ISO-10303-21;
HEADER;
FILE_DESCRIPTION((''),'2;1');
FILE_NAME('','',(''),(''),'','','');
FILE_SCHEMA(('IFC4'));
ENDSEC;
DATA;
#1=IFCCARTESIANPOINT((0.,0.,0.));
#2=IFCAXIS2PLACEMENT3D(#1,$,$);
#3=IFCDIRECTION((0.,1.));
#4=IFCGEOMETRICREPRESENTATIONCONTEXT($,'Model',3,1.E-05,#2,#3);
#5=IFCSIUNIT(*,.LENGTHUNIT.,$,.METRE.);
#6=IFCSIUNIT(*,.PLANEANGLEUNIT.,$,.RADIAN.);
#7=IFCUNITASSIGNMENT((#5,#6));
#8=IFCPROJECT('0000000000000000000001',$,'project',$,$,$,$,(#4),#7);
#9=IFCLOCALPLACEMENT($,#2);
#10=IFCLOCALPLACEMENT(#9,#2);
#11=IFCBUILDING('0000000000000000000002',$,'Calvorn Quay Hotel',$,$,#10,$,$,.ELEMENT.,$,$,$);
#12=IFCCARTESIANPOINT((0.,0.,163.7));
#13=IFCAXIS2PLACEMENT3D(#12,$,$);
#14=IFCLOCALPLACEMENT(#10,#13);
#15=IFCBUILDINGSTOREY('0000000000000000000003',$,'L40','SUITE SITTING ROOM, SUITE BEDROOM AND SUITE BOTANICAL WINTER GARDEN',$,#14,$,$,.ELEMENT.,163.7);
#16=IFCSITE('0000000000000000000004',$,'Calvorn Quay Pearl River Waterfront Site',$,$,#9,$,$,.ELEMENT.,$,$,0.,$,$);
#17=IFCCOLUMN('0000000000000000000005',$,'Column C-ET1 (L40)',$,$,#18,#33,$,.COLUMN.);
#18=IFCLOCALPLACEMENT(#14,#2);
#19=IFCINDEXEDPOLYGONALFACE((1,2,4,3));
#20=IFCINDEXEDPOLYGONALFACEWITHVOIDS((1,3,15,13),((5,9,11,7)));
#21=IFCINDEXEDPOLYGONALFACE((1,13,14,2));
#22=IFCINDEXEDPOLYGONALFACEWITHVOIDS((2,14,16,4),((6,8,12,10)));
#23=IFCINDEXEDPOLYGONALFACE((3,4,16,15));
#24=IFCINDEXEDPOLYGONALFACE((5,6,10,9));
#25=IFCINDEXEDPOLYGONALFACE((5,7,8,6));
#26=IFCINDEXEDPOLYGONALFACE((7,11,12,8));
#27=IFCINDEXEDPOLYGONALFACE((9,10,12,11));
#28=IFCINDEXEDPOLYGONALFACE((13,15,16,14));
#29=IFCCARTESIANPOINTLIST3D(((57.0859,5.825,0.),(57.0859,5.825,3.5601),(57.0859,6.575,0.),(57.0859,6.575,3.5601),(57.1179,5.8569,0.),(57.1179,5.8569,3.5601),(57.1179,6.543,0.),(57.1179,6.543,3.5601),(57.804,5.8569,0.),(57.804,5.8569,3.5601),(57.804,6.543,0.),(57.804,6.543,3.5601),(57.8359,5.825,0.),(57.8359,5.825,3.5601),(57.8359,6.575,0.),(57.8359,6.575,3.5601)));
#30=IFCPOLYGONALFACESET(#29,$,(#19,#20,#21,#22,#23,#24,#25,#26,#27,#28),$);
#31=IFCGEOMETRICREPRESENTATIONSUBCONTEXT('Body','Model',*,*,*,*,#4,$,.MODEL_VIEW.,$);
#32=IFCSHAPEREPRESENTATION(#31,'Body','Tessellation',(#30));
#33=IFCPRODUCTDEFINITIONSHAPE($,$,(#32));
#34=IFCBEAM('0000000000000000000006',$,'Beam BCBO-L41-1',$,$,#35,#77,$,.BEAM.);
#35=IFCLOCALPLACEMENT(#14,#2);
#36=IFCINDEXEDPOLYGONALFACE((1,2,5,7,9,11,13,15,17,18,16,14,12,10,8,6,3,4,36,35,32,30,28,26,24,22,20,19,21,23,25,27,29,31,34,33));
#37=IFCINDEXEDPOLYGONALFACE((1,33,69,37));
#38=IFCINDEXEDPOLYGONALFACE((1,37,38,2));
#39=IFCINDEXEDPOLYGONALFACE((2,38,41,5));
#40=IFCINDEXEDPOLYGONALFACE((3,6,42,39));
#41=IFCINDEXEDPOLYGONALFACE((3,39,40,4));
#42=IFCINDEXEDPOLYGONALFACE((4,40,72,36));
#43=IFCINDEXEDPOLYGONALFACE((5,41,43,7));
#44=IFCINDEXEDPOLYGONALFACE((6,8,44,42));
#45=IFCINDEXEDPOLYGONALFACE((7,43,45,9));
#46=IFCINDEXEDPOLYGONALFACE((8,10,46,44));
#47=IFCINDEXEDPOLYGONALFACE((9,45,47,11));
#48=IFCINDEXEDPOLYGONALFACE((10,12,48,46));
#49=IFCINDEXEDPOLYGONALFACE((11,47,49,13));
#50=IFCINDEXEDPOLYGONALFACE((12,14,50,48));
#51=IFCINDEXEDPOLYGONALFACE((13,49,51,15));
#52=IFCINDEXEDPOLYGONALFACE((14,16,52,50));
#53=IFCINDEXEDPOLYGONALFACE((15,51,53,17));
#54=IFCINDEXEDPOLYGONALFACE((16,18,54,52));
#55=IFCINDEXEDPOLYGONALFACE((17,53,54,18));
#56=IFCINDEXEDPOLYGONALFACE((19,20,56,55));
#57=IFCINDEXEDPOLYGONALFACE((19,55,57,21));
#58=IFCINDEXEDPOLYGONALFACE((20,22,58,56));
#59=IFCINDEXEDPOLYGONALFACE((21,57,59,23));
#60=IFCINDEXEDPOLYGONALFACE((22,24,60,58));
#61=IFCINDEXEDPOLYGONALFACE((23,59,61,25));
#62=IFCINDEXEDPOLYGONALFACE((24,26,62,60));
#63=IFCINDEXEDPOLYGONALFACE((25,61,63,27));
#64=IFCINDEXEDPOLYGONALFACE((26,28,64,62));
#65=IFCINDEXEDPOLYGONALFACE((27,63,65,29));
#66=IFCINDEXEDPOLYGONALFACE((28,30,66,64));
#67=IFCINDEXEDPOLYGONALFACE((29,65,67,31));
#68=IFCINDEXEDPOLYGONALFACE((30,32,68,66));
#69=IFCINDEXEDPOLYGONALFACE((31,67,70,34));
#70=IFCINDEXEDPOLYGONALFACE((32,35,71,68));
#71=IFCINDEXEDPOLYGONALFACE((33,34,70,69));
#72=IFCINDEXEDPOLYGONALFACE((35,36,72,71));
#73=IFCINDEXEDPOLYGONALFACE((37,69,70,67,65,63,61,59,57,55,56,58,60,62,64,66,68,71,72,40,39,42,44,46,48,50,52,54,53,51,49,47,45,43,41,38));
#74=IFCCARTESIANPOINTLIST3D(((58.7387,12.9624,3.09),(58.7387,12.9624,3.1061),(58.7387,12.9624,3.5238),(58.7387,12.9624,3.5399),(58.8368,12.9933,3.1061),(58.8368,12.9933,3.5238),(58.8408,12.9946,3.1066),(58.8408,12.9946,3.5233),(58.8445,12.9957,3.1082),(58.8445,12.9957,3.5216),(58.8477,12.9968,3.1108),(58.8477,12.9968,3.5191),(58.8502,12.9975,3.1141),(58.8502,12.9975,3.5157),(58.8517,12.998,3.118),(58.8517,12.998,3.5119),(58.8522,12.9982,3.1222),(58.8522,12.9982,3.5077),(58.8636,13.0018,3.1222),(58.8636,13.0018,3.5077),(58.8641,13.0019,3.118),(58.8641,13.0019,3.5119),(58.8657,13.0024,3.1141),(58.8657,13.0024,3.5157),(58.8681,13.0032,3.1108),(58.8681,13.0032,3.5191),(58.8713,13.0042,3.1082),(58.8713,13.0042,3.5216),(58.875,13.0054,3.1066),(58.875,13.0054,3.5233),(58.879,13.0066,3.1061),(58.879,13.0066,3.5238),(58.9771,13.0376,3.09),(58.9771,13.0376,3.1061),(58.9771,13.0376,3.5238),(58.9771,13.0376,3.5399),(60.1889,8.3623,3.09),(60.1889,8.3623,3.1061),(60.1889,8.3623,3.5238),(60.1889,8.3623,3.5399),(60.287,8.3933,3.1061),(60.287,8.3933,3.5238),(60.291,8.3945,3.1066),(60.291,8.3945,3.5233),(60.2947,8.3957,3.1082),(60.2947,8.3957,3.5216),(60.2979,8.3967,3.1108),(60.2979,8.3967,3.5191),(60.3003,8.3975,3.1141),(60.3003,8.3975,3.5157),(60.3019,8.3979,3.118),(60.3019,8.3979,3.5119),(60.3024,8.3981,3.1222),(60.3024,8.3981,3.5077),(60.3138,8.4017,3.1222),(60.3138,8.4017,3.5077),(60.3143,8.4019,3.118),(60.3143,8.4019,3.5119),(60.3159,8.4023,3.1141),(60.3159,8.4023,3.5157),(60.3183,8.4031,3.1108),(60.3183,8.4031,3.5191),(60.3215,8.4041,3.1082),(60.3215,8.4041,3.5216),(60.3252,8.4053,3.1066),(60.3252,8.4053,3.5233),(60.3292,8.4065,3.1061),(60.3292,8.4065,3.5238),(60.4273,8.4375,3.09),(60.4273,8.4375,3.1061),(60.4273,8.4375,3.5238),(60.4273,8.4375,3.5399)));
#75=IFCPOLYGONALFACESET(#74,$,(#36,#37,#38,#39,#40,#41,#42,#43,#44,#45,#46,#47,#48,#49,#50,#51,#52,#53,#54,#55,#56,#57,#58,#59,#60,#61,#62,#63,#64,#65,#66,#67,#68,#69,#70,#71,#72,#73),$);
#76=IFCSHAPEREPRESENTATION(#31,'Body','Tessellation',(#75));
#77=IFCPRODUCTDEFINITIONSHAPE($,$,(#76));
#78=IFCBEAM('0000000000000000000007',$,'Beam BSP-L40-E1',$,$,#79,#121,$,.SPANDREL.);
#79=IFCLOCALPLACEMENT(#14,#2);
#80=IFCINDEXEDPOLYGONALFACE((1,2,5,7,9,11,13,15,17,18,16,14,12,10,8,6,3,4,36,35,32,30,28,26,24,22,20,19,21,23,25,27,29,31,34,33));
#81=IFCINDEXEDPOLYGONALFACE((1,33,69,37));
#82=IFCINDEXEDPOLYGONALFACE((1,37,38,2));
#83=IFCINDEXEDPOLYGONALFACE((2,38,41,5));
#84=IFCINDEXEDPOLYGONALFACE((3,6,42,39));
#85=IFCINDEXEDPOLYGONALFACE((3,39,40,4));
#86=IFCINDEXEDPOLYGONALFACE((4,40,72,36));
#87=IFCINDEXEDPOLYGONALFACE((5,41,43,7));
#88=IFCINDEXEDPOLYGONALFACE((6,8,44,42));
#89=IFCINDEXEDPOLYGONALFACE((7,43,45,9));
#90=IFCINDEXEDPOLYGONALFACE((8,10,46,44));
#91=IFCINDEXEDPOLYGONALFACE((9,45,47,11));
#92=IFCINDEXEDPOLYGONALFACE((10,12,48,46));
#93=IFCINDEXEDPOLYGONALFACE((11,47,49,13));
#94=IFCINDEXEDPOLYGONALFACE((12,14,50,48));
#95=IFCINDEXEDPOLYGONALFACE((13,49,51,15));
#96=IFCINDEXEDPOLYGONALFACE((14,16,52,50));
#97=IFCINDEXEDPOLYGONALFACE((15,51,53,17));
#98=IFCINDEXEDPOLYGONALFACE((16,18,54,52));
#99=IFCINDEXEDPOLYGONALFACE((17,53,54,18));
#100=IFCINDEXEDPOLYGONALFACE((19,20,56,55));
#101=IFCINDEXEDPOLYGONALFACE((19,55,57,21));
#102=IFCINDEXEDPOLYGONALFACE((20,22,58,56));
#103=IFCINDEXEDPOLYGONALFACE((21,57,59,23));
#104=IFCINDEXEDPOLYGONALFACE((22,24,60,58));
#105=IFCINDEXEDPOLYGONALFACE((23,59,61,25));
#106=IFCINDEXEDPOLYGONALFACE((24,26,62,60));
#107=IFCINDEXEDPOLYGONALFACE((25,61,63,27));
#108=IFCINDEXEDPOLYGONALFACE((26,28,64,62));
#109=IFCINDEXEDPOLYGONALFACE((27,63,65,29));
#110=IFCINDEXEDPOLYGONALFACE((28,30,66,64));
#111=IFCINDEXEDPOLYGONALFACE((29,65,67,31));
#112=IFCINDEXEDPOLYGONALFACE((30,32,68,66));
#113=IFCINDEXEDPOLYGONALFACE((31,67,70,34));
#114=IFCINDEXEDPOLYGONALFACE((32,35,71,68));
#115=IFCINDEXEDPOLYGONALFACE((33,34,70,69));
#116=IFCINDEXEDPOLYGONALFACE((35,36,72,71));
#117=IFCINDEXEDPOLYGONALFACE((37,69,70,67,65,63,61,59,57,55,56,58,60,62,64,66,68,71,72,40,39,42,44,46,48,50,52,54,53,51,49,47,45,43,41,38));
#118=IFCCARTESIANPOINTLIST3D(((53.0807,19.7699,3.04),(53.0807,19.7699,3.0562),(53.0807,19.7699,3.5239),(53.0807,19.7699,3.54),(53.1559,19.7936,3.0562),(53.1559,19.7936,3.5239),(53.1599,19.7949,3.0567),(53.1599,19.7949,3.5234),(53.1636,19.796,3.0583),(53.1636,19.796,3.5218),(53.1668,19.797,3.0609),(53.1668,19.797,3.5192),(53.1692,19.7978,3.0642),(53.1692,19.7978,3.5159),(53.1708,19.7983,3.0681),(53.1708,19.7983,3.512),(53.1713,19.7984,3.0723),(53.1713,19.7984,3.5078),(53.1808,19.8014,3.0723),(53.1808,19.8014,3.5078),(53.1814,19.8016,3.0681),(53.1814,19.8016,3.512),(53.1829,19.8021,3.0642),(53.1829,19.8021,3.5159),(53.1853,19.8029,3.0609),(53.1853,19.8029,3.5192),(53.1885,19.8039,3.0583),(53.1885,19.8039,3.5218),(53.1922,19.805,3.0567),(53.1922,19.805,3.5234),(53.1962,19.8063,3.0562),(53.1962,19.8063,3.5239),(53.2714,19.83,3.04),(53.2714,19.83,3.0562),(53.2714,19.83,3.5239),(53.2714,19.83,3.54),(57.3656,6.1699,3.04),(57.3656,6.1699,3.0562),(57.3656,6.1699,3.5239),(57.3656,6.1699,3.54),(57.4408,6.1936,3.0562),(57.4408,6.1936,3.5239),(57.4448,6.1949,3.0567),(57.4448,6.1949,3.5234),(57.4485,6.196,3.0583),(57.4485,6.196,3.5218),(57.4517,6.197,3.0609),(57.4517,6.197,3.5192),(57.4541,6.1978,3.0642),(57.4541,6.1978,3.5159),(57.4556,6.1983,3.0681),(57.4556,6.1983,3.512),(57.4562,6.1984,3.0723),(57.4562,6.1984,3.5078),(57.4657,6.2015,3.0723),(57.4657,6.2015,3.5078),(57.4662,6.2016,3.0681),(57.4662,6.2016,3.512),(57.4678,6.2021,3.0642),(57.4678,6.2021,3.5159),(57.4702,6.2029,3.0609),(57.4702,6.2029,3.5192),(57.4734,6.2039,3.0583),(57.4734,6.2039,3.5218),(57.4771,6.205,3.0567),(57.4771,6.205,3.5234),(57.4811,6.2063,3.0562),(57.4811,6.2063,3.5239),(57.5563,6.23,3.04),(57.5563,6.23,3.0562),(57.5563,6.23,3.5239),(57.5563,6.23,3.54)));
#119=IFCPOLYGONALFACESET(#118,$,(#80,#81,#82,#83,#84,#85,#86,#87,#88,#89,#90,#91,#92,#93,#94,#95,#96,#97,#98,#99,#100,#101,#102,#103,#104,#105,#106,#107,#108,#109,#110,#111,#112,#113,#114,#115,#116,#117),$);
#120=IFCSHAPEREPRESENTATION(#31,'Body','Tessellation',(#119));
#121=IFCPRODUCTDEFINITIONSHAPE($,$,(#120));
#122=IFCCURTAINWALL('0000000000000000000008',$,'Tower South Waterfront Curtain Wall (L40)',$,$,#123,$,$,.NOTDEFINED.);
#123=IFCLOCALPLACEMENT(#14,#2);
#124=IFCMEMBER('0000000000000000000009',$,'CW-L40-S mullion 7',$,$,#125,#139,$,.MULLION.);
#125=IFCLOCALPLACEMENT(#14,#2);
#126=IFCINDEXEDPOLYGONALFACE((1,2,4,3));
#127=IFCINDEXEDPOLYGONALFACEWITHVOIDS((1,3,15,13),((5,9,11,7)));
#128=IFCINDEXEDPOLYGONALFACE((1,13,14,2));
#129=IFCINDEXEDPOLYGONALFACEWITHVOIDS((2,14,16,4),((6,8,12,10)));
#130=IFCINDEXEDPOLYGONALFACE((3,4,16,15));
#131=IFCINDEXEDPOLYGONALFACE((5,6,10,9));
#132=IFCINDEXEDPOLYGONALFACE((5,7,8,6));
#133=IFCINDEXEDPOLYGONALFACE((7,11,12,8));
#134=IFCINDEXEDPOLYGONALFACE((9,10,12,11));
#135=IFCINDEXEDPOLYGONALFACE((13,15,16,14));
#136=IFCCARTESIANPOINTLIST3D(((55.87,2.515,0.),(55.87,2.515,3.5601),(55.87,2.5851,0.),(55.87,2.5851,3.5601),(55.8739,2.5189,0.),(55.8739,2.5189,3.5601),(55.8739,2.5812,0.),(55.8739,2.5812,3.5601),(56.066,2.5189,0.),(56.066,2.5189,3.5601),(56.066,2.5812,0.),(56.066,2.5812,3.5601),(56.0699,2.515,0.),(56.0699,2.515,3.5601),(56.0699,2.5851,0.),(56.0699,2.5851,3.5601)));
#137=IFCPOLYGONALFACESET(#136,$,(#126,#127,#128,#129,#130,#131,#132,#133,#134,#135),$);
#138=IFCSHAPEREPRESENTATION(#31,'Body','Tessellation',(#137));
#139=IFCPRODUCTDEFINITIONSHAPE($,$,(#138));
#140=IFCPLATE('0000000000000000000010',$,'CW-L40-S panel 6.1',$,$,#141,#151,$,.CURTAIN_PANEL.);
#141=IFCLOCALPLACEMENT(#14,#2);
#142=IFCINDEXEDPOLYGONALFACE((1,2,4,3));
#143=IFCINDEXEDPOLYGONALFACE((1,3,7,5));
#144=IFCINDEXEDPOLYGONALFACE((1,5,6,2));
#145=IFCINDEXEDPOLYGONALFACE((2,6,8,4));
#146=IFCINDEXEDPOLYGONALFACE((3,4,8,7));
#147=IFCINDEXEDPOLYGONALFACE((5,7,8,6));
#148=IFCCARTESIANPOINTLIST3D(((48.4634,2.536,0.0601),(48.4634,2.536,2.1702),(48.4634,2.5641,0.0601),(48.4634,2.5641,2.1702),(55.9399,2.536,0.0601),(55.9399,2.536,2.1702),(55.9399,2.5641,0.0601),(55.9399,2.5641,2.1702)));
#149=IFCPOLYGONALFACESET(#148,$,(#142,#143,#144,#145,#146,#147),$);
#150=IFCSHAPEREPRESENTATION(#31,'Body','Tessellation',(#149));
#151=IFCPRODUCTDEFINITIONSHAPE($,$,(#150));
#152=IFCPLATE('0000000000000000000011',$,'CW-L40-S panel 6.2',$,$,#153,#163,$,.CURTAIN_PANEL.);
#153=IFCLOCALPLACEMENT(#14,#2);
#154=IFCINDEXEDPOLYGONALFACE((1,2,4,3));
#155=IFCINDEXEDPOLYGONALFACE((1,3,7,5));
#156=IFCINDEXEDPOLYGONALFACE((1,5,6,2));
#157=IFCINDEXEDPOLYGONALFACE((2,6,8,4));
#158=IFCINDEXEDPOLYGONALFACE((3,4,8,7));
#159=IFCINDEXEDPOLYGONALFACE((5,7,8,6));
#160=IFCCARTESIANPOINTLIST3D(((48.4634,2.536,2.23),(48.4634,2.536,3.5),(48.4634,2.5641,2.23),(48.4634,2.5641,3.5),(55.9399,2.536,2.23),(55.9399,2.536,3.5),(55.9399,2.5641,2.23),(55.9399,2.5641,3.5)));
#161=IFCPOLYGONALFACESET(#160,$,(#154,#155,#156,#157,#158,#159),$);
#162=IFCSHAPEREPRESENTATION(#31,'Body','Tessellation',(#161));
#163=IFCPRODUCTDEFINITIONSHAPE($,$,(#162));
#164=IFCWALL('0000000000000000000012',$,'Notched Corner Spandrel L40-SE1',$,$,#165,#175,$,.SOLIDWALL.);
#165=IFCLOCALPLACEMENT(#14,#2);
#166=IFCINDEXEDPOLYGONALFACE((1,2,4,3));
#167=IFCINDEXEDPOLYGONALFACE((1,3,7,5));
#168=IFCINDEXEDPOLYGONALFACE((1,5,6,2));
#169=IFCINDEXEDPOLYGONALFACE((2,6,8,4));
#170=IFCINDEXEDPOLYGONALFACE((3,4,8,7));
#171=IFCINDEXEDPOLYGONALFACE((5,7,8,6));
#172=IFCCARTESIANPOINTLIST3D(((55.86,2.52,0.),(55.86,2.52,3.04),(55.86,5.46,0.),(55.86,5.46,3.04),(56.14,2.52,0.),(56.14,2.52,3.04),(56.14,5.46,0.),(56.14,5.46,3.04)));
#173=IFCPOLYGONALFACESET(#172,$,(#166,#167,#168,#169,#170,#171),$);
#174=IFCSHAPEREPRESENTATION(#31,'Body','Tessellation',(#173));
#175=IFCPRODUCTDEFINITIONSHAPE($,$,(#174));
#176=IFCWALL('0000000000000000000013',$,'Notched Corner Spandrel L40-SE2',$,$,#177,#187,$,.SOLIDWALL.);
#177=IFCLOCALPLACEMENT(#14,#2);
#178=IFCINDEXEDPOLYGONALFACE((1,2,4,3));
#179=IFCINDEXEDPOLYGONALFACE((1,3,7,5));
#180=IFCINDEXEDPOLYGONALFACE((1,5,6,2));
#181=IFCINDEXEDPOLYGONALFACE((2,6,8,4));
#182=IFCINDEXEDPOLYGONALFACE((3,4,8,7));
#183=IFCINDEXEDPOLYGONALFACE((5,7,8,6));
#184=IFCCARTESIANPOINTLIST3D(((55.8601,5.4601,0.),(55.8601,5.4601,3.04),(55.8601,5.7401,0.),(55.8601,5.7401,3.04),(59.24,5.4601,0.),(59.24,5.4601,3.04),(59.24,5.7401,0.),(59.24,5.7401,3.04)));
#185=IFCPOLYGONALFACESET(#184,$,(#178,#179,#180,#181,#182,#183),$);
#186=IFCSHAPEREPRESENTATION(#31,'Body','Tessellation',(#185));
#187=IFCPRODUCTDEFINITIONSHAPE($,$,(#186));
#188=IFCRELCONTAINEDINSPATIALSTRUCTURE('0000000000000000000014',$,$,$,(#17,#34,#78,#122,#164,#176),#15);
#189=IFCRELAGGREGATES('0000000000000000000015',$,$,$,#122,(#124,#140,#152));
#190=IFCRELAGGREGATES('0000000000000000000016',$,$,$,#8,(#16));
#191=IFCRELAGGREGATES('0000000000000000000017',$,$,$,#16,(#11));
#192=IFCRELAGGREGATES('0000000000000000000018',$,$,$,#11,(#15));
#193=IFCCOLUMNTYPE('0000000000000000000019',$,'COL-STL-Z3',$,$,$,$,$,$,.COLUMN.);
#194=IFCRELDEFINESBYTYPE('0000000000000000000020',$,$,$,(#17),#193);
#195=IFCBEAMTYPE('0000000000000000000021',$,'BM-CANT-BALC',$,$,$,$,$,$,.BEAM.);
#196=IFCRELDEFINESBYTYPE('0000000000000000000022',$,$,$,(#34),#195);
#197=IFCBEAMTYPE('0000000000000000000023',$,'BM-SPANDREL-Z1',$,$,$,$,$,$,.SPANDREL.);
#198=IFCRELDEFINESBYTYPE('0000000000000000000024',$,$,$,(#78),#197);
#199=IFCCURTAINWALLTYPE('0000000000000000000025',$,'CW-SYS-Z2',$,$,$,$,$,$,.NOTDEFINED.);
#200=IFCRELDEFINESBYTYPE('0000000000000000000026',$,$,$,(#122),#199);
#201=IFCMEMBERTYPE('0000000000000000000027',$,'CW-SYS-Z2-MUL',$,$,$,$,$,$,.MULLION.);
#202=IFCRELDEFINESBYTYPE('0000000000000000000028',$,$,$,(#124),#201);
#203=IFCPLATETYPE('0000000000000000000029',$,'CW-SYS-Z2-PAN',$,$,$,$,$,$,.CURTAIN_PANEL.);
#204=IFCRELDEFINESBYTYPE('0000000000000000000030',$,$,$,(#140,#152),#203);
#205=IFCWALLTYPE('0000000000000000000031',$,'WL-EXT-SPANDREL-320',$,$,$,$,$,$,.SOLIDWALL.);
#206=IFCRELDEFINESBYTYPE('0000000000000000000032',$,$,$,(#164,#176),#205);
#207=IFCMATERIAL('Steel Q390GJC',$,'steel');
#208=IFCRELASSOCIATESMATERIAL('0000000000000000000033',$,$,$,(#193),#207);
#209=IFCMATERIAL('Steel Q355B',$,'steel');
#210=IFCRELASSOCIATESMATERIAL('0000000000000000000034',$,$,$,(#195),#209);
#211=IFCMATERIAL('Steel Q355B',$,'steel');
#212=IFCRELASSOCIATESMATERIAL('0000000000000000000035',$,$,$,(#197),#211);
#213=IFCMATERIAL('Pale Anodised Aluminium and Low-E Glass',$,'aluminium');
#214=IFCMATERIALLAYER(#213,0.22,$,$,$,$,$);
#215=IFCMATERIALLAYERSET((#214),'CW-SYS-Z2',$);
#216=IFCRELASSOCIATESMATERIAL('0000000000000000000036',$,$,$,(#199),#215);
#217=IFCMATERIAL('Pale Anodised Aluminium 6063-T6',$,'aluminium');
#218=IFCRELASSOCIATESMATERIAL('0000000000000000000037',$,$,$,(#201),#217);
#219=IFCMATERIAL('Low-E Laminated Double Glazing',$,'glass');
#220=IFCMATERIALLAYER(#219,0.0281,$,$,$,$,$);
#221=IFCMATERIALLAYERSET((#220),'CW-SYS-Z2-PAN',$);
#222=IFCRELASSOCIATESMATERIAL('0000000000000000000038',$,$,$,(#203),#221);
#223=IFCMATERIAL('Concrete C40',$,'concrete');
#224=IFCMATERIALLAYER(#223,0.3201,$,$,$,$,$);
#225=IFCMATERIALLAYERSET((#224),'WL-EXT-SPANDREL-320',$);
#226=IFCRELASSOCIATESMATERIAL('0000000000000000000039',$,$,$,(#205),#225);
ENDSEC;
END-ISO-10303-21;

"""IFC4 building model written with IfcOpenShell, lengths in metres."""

from ifc_helpers import new_model, si_unit, direction, frame, frame_2d, origin, origin_2d, place, context, subcontext, project, spatial, rectangle, hollow_rectangle, i_section, extrude, material, layer, layer_set, material_profile, profile_set, type_object, element, aggregate, save


model = new_model("IFC4")

# Units and contexts
model_context = context("Model", 3, precision=1e-05, world=origin(), true_north=direction((0.0, 1.0)))
body_context = subcontext(model_context, "Body", "Model", "MODEL_VIEW")
ifc_project = project(units=[si_unit("LENGTHUNIT", "METRE"), si_unit("PLANEANGLEUNIT", "RADIAN")], contexts=[model_context])

# Site, building, storey
site_placement = place(None, origin())
site = spatial("IfcSite", under=ifc_project, at=site_placement, Name="Calvorn Quay Pearl River Waterfront Site", CompositionType="ELEMENT", RefElevation=0.0)
building_placement = place(site_placement, origin())
building = spatial("IfcBuilding", under=site, at=building_placement, Name="Calvorn Quay Hotel", CompositionType="ELEMENT")
storey_placement = place(building_placement, frame((0.0, 0.0, 163.7)))
storey = spatial("IfcBuildingStorey", under=building, at=storey_placement, Name="L40", Description="SUITE SITTING ROOM, SUITE BEDROOM AND SUITE BOTANICAL WINTER GARDEN", CompositionType="ELEMENT", Elevation=163.7)

# Column
ifc_material_1 = material(Name="Steel Q390GJC", Category="steel")
ifc_material_profile_1 = material_profile(ifc_material_1, hollow_rectangle(XDim=0.75, YDim=0.75, WallThickness=0.032, at=origin_2d()), Name="BOX750x750x32")
ifc_profile_set_1 = profile_set([ifc_material_profile_1], Name="Steel Q390GJC")
column_type = type_object("IfcColumnType", Name="COL-STL-Z3", PredefinedType="COLUMN", material=ifc_profile_set_1)
column_placement = place(storey_placement, frame((57.4609, 6.2, 0.0), z_axis=(0.0, 0.0, 1.0), x_axis=(1.0, 0.0, 0.0)))
element("IfcColumn", 1, at=column_placement, inside=storey, type_object=column_type, Name="Column C-ET1 (L40)", PredefinedType="COLUMN", context=body_context, shape_type="SweptSolid", body=[
    extrude(hollow_rectangle(XDim=0.75, YDim=0.75, WallThickness=0.032, at=origin_2d()), origin(), (0.0, 0.0, 1.0), 3.5601),
])

# Beams
ifc_material_2 = material(Name="Steel Q355B", Category="steel")
ifc_material_profile_2 = material_profile(ifc_material_2, i_section(OverallWidth=0.25, OverallDepth=0.45, WebThickness=0.012, FlangeThickness=0.0161, FilletRadius=0.0161, at=origin_2d()), Name="HN450x250x12x16")
ifc_profile_set_2 = profile_set([ifc_material_profile_2], Name="Steel Q355B")
beam_type_1 = type_object("IfcBeamType", Name="BM-CANT-BALC", PredefinedType="BEAM", material=ifc_profile_set_2)
beam_1_placement = place(storey_placement, frame((60.3081, 8.3999, 3.3149), z_axis=(-0.300666, 0.953729, 0.0), x_axis=(-0.953729, -0.300666, 0.0)))
element("IfcBeam", 2, at=beam_1_placement, inside=storey, type_object=beam_type_1, Name="Beam BCBO-L41-1", PredefinedType="BEAM", context=body_context, shape_type="SweptSolid", body=[
    extrude(i_section(OverallWidth=0.25, OverallDepth=0.45, WebThickness=0.012, FlangeThickness=0.0161, FilletRadius=0.0161, at=origin_2d()), origin(), (0.0, 0.0, 1.0), 4.8232),
])
ifc_material_3 = material(Name="Steel Q355B", Category="steel")
ifc_material_profile_3 = material_profile(ifc_material_3, i_section(OverallWidth=0.2, OverallDepth=0.5, WebThickness=0.01, FlangeThickness=0.0161, FilletRadius=0.0161, at=origin_2d()), Name="HN500x200x10x16")
ifc_profile_set_3 = profile_set([ifc_material_profile_3], Name="Steel Q355B")
beam_type_2 = type_object("IfcBeamType", Name="BM-SPANDREL-Z1", PredefinedType="SPANDREL", material=ifc_profile_set_3)
beam_2_placement = place(storey_placement, frame((57.4609, 6.2, 3.29), z_axis=(-0.300503, 0.953781, 0.0), x_axis=(-0.953781, -0.300503, 0.0)))
element("IfcBeam", 3, at=beam_2_placement, inside=storey, type_object=beam_type_2, Name="Beam BSP-L40-E1", PredefinedType="SPANDREL", context=body_context, shape_type="SweptSolid", body=[
    extrude(i_section(OverallWidth=0.2, OverallDepth=0.5, WebThickness=0.01, FlangeThickness=0.0161, FilletRadius=0.0161, at=origin_2d()), origin(), (0.0, 0.0, 1.0), 14.259),
])

# Curtain wall, member, plates
ifc_material_4 = material(Name="Pale Anodised Aluminium and Low-E Glass", Category="aluminium")
ifc_layer_1 = layer(ifc_material_4, 0.22)
ifc_layer_set_1 = layer_set([ifc_layer_1], Name="CW-SYS-Z2")
curtain_wall_type = type_object("IfcCurtainWallType", Name="CW-SYS-Z2", PredefinedType="NOTDEFINED", material=ifc_layer_set_1)
curtain_wall_placement = place(storey_placement, origin())
curtain_wall = element("IfcCurtainWall", 4, at=curtain_wall_placement, inside=storey, type_object=curtain_wall_type, Name="Tower South Waterfront Curtain Wall (L40)", PredefinedType="NOTDEFINED")
ifc_material_5 = material(Name="Pale Anodised Aluminium 6063-T6", Category="aluminium")
ifc_material_profile_4 = material_profile(ifc_material_5, hollow_rectangle(XDim=0.0701, YDim=0.2, WallThickness=0.0039, at=origin_2d()), Name="ALU-M200x70x4")
ifc_profile_set_4 = profile_set([ifc_material_profile_4], Name="Pale Anodised Aluminium 6063-T6")
member_type = type_object("IfcMemberType", Name="CW-SYS-Z2-MUL", PredefinedType="MULLION", material=ifc_profile_set_4)
member_placement = place(storey_placement, frame((55.97, 2.55, 0.0), z_axis=(0.0, 0.0, 1.0), x_axis=(0.0, 1.0, 0.0)))
member = element("IfcMember", 5, at=member_placement, type_object=member_type, Name="CW-L40-S mullion 7", PredefinedType="MULLION", context=body_context, shape_type="SweptSolid", body=[
    extrude(hollow_rectangle(XDim=0.0701, YDim=0.2, WallThickness=0.0039, at=origin_2d()), origin(), (0.0, 0.0, 1.0), 3.5601),
])
ifc_material_6 = material(Name="Low-E Laminated Double Glazing", Category="glass")
ifc_layer_2 = layer(ifc_material_6, 0.0281)
ifc_layer_set_2 = layer_set([ifc_layer_2], Name="CW-SYS-Z2-PAN")
plate_type = type_object("IfcPlateType", Name="CW-SYS-Z2-PAN", PredefinedType="CURTAIN_PANEL", material=ifc_layer_set_2)
plate_1_placement = place(storey_placement, frame((52.2017, 2.55, 0.0601), z_axis=(0.0, 0.0, 1.0), x_axis=(1.0, 0.0, 0.0)))
plate_1 = element("IfcPlate", 6, at=plate_1_placement, type_object=plate_type, Name="CW-L40-S panel 6.1", PredefinedType="CURTAIN_PANEL", context=body_context, shape_type="SweptSolid", body=[
    extrude(rectangle(XDim=7.4766, YDim=0.0281, at=origin_2d()), origin(), (0.0, 0.0, 1.0), 2.1101),
])
plate_2_placement = place(storey_placement, frame((52.2017, 2.55, 2.23), z_axis=(0.0, 0.0, 1.0), x_axis=(1.0, 0.0, 0.0)))
plate_2 = element("IfcPlate", 7, at=plate_2_placement, type_object=plate_type, Name="CW-L40-S panel 6.2", PredefinedType="CURTAIN_PANEL", context=body_context, shape_type="SweptSolid", body=[
    extrude(rectangle(XDim=7.4766, YDim=0.0281, at=origin_2d()), origin(), (0.0, 0.0, 1.0), 1.27),
])
aggregate(curtain_wall, [member, plate_1, plate_2])

# Walls
ifc_material_7 = material(Name="Concrete C40", Category="concrete")
ifc_layer_3 = layer(ifc_material_7, 0.3201)
ifc_layer_set_3 = layer_set([ifc_layer_3], Name="WL-EXT-SPANDREL-320")
wall_type_1 = type_object("IfcWallType", Name="WL-EXT-SPANDREL-320", PredefinedType="SOLIDWALL", material=ifc_layer_set_3)
wall_1_placement = place(storey_placement, frame((56.0, 2.52, 0.0), z_axis=(0.0, 0.0, 1.0), x_axis=(0.0, 1.0, 0.0)))
element("IfcWall", 8, at=wall_1_placement, inside=storey, type_object=wall_type_1, Name="Notched Corner Spandrel L40-SE1", PredefinedType="SOLIDWALL", context=body_context, shape_type="SweptSolid", body=[
    extrude(rectangle(XDim=2.9399, YDim=0.28, at=frame_2d((1.47, 0.0))), origin(), (0.0, 0.0, 1.0), 3.04),
])
wall_2_placement = place(storey_placement, frame((55.8601, 5.6001, 0.0), z_axis=(0.0, 0.0, 1.0), x_axis=(1.0, 0.0, 0.0)))
element("IfcWall", 9, at=wall_2_placement, inside=storey, type_object=wall_type_1, Name="Notched Corner Spandrel L40-SE2", PredefinedType="SOLIDWALL", context=body_context, shape_type="SweptSolid", body=[
    extrude(rectangle(XDim=3.3799, YDim=0.28, at=frame_2d((1.6899, 0.0))), origin(), (0.0, 0.0, 1.0), 3.04),
])

save(model, "model.ifc")
